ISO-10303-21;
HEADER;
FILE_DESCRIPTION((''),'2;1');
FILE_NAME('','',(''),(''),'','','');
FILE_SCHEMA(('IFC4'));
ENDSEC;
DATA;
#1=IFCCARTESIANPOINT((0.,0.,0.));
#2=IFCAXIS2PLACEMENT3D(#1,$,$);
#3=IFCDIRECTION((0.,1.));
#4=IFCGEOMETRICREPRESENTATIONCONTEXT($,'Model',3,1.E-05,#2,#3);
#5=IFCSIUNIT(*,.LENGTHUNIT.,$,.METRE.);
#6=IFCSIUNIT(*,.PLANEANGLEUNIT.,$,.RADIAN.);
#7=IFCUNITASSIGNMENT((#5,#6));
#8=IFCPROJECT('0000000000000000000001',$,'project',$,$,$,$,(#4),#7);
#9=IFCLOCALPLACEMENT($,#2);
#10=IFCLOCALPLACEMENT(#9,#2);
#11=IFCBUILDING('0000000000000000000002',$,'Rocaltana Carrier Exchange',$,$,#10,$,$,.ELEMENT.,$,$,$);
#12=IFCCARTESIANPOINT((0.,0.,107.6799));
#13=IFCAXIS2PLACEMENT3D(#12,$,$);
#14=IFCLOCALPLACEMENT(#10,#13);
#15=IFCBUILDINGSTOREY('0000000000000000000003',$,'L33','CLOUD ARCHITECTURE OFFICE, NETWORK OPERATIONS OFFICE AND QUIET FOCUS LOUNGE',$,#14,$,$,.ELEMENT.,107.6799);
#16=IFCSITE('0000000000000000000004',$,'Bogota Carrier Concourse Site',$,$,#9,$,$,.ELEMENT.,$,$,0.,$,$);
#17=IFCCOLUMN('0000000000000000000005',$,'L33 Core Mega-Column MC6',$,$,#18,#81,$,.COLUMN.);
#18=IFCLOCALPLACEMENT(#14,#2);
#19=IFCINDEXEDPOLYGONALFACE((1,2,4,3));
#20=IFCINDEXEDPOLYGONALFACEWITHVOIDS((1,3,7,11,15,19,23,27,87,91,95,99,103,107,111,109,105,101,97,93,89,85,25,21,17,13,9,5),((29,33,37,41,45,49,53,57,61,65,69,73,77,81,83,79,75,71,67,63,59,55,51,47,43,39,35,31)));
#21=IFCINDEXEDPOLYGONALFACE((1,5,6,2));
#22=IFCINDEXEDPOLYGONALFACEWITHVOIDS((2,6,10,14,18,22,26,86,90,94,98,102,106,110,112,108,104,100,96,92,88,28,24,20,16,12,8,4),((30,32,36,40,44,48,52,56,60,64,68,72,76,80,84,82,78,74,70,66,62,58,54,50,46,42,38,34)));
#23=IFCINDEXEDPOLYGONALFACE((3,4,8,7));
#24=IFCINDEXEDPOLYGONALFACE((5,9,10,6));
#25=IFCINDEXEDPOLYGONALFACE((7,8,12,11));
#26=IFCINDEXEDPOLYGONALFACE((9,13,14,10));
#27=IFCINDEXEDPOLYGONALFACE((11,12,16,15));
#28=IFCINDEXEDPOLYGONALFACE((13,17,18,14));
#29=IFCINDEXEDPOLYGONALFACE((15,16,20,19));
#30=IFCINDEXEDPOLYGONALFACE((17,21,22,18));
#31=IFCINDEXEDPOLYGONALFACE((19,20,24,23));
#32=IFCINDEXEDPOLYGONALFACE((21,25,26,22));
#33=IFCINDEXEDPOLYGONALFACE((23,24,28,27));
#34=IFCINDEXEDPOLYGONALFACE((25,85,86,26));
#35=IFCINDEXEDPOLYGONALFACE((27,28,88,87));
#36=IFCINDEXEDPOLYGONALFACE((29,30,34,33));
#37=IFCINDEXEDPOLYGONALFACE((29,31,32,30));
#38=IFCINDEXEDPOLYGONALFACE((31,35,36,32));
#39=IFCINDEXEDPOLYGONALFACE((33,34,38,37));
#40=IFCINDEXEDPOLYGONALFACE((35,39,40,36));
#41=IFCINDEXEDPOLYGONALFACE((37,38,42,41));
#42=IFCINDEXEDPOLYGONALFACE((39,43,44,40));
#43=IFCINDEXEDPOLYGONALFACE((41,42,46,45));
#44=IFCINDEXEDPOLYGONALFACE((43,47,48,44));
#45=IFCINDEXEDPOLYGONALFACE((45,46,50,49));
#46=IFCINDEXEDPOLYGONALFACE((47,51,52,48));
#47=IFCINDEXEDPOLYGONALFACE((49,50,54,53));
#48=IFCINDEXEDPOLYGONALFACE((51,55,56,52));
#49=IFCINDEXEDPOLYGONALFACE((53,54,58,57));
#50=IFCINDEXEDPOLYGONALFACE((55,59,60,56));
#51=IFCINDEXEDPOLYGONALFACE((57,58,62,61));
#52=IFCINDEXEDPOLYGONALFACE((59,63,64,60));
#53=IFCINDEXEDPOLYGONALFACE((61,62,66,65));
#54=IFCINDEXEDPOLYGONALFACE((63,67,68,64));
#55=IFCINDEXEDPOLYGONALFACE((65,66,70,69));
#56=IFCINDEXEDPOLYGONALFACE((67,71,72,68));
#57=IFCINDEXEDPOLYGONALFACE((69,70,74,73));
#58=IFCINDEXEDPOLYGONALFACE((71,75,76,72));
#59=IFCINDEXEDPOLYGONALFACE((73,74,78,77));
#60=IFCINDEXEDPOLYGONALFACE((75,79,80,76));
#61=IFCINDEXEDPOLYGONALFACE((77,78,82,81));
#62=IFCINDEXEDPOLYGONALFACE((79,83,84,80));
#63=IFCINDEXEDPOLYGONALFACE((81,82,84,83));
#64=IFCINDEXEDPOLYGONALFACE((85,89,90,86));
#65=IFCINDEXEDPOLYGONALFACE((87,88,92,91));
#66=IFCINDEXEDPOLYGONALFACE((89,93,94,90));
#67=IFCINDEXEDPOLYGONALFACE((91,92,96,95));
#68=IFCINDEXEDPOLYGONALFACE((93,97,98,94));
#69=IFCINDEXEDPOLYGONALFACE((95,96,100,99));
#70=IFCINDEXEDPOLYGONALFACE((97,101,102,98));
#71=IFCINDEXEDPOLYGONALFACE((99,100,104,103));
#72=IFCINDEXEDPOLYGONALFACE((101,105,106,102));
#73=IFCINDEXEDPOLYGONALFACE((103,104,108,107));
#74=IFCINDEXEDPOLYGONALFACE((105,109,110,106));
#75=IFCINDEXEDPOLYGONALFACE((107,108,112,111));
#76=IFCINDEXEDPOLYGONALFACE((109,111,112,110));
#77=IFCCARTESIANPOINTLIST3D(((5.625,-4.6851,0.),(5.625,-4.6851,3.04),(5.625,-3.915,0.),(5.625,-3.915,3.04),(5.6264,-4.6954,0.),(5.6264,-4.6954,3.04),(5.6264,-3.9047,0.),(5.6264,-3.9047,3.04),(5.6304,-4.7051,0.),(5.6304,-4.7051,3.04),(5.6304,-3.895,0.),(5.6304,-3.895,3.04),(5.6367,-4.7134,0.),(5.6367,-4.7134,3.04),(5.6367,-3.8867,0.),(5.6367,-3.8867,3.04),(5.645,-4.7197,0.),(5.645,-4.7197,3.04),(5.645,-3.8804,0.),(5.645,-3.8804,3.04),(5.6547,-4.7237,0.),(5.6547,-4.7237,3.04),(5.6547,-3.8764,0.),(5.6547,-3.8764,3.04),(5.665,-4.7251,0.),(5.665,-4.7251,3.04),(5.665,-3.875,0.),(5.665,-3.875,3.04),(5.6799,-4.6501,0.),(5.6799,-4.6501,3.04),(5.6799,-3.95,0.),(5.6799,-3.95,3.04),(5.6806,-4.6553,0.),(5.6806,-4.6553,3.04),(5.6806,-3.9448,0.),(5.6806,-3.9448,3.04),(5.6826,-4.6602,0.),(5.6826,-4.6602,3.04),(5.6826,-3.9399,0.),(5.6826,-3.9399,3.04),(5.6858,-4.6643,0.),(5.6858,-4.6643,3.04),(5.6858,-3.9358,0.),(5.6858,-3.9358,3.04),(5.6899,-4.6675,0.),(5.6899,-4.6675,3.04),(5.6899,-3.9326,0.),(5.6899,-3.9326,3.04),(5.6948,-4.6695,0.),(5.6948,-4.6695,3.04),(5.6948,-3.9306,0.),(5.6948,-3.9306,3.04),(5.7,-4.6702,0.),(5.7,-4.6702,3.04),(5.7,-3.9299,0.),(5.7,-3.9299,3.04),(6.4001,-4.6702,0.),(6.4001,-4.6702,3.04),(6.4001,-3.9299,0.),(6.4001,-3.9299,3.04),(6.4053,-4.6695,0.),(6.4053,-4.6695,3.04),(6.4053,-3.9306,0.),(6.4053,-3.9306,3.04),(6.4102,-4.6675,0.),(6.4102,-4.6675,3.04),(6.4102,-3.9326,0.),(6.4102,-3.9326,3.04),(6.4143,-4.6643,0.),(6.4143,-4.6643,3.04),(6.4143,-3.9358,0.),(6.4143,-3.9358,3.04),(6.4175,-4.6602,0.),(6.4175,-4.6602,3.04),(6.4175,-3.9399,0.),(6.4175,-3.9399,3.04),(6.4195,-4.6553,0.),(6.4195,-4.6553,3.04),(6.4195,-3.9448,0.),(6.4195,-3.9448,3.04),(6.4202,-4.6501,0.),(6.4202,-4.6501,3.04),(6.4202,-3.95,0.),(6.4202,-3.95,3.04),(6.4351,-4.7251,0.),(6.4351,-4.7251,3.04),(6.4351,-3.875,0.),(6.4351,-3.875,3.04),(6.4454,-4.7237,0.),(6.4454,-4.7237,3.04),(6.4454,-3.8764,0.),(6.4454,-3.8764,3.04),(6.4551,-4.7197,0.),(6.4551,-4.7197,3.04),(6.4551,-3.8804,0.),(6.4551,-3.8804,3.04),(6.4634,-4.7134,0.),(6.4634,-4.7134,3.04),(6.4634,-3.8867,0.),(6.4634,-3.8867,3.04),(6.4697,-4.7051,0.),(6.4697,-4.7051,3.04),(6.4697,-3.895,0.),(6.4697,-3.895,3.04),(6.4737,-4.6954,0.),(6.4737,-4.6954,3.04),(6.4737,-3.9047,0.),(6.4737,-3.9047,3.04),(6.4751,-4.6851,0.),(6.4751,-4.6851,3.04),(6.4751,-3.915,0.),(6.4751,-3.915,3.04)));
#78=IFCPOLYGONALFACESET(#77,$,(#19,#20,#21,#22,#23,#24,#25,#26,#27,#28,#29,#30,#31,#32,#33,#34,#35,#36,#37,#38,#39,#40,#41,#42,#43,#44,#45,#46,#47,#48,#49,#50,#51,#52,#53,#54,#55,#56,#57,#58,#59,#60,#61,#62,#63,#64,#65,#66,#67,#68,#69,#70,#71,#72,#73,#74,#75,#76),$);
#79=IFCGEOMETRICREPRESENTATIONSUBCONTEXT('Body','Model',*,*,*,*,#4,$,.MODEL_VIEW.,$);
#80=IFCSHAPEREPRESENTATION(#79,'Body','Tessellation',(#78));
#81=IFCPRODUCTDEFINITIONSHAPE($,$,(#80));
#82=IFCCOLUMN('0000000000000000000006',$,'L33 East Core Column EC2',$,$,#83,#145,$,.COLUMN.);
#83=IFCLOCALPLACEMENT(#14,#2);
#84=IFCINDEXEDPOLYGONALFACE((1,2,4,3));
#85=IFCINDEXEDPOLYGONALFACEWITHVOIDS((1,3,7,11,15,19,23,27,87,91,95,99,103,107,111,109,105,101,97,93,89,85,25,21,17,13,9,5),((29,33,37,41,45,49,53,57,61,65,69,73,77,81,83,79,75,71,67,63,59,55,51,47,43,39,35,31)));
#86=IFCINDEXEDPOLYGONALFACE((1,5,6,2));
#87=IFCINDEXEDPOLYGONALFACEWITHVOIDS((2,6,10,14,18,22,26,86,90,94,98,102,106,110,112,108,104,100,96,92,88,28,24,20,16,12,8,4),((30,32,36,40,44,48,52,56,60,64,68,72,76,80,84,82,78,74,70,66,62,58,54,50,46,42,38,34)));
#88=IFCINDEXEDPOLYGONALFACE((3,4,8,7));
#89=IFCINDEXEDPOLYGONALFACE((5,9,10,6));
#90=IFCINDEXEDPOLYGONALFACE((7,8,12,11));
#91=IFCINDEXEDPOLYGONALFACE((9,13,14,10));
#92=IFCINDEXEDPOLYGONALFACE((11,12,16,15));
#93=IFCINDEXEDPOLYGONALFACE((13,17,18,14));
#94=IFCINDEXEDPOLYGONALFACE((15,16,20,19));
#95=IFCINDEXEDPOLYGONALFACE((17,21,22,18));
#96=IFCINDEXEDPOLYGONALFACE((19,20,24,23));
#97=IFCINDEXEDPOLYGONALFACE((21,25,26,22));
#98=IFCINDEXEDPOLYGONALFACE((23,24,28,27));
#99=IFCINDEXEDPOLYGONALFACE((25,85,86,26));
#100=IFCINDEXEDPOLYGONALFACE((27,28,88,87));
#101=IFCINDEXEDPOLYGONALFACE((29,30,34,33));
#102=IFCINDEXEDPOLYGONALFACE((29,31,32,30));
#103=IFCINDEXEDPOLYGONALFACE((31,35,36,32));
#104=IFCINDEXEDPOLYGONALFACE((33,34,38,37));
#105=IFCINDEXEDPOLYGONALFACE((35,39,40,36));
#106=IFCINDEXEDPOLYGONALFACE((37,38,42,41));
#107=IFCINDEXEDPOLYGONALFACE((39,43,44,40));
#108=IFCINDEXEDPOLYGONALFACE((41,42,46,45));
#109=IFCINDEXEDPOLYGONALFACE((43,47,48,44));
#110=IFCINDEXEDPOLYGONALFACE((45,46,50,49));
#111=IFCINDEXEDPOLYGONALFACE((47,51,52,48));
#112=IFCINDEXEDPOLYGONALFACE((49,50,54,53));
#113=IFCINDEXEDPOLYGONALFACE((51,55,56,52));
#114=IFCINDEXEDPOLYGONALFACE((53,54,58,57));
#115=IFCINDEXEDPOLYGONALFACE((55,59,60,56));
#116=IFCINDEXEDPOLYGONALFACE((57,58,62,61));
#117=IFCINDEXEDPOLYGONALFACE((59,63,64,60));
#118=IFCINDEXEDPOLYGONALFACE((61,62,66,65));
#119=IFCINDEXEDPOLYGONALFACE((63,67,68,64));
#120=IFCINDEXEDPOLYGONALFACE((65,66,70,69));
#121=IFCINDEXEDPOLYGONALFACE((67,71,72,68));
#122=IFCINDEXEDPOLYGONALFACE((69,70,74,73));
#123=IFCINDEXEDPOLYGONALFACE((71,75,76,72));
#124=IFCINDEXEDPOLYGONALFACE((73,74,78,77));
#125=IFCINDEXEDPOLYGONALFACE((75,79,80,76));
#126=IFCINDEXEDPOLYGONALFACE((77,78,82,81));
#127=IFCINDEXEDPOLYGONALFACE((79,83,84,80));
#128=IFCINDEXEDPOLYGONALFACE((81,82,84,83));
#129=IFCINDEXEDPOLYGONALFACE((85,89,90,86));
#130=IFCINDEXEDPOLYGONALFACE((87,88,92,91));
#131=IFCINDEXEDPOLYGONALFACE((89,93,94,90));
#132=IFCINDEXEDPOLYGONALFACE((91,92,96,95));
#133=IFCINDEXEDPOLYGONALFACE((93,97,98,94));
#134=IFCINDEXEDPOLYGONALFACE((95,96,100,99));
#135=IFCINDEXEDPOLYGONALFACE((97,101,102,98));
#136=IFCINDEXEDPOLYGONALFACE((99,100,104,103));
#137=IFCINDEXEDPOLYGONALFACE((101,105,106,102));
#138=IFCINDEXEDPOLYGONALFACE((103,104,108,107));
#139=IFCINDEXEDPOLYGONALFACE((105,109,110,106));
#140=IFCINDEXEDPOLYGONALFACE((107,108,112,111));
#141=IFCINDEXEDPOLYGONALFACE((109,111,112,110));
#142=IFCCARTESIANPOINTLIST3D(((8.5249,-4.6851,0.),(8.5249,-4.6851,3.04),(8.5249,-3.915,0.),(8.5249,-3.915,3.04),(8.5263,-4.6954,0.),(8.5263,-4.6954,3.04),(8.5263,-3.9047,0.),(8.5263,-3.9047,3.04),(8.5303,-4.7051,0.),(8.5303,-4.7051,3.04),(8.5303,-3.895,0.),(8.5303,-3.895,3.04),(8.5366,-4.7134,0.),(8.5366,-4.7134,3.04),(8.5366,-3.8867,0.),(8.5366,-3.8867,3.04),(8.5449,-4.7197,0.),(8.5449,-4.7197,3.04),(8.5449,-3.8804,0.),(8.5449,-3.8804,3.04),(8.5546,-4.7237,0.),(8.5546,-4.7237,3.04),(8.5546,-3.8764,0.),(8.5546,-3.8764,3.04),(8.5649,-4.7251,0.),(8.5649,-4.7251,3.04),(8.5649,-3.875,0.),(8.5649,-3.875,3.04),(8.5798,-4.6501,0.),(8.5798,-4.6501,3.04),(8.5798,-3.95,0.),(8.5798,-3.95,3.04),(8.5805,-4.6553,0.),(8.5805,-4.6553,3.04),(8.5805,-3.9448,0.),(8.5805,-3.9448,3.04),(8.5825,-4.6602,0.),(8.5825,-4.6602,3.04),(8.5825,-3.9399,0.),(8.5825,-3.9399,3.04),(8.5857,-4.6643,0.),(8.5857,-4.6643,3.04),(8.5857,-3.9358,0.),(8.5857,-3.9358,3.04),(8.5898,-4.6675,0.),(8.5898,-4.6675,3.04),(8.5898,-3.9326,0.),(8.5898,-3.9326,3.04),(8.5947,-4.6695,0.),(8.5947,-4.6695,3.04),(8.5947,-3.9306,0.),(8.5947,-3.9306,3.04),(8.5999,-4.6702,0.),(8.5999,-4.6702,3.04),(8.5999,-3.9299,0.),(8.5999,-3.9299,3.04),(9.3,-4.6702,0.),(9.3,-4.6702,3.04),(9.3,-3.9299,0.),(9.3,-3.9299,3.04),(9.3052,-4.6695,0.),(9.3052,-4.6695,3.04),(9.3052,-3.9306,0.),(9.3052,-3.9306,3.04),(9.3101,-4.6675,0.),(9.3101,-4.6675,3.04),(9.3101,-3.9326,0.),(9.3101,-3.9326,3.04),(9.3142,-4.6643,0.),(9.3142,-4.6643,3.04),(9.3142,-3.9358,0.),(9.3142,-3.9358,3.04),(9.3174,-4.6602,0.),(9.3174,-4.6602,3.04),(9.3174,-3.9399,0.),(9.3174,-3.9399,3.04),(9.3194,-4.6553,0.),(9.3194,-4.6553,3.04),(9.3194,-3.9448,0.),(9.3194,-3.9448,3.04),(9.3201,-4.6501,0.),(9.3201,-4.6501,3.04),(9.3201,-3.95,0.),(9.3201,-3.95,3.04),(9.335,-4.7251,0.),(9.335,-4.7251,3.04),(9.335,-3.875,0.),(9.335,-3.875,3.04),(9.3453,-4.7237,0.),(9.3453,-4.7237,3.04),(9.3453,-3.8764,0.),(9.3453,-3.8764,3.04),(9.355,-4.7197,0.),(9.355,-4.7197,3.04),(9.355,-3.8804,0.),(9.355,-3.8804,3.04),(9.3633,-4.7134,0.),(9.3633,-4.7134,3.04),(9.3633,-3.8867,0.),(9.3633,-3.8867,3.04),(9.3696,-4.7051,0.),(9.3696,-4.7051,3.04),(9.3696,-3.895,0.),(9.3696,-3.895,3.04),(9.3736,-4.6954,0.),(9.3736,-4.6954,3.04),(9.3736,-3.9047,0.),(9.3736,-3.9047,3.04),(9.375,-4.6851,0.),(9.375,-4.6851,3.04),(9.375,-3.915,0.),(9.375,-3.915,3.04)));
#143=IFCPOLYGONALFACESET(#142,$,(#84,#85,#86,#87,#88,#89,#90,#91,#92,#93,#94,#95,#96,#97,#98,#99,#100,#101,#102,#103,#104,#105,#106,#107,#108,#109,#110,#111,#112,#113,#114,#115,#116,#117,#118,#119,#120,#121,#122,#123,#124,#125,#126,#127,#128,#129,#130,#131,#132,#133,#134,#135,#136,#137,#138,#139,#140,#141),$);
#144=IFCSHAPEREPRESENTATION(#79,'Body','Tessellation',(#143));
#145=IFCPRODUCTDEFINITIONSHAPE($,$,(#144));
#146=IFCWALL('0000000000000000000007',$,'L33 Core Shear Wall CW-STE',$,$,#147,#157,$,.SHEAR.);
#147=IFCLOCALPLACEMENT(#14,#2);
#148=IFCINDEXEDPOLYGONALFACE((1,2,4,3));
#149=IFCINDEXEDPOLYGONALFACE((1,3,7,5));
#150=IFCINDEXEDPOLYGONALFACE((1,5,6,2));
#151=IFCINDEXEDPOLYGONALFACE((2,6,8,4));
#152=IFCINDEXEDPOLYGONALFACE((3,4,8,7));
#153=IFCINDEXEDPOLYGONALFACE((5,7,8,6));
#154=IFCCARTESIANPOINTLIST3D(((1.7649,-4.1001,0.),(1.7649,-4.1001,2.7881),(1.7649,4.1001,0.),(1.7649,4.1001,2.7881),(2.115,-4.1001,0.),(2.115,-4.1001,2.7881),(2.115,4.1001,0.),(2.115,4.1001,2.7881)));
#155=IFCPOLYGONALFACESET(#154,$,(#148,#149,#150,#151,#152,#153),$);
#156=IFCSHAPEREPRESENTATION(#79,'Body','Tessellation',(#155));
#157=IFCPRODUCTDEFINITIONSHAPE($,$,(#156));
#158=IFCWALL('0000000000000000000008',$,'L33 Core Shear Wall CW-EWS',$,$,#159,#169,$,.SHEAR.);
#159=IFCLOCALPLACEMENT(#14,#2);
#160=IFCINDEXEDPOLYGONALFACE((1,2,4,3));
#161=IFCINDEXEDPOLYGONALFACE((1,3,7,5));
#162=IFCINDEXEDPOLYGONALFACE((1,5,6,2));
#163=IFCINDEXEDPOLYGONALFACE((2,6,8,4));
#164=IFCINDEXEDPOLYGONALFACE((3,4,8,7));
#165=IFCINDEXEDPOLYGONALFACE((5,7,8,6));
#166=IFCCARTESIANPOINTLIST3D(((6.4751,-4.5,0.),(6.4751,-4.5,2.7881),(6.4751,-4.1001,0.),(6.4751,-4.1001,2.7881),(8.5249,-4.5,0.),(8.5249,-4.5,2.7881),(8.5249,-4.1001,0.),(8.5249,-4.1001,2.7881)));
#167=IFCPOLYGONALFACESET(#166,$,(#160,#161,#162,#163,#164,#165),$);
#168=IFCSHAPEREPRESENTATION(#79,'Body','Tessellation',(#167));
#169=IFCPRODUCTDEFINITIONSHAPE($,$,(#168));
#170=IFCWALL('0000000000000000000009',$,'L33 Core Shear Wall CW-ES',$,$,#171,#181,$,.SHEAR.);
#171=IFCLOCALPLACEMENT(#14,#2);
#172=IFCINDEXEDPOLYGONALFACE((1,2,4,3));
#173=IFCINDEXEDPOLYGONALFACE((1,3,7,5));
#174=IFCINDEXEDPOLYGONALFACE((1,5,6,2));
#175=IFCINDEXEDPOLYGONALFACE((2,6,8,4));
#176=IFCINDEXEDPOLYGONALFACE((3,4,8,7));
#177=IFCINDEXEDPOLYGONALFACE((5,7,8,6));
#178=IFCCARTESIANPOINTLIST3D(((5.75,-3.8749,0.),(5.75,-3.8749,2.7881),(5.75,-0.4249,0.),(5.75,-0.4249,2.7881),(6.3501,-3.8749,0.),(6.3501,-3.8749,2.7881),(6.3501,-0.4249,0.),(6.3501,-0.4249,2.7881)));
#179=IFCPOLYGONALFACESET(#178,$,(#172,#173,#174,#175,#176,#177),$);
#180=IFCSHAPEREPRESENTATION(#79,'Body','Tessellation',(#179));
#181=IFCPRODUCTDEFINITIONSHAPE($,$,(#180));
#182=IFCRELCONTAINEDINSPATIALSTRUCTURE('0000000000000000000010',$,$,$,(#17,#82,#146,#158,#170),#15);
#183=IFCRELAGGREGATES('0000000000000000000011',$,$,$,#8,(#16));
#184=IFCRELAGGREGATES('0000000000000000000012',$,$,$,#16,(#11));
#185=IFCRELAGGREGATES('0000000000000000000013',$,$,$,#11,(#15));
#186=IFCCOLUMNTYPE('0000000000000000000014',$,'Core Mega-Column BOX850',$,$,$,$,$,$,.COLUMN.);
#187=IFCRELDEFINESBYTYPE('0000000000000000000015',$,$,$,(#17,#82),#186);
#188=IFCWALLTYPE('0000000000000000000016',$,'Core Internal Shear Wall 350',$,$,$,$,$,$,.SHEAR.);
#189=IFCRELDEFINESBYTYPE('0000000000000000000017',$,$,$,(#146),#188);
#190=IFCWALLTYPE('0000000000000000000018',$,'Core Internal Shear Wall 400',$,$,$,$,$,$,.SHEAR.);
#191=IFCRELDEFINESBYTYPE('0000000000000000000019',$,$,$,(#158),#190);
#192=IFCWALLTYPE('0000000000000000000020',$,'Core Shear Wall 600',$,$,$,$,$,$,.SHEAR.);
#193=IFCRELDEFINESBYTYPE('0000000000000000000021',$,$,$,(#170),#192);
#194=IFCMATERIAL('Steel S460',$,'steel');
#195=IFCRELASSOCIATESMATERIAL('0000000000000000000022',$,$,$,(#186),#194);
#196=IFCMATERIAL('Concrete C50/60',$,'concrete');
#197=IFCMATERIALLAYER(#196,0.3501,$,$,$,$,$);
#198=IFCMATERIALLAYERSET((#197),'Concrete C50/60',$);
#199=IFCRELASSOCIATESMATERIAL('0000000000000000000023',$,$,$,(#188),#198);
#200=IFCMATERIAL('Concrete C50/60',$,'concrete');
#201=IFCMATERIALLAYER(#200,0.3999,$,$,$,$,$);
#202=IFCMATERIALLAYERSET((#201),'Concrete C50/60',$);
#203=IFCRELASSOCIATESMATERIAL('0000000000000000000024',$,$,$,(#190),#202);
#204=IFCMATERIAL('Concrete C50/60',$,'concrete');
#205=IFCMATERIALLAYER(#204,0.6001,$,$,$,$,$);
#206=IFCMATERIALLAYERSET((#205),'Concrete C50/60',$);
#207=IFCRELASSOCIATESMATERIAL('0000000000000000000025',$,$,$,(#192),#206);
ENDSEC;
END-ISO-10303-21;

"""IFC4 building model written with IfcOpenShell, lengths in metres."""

from ifc_helpers import new_model, si_unit, direction, frame, frame_2d, origin, origin_2d, place, context, subcontext, project, spatial, rectangle, hollow_rectangle, extrude, material, layer, layer_set, material_profile, profile_set, type_object, element, save


model = new_model("IFC4")

# Units and contexts
model_context = context("Model", 3, precision=1e-05, world=origin(), true_north=direction((0.0, 1.0)))
body_context = subcontext(model_context, "Body", "Model", "MODEL_VIEW")
ifc_project = project(units=[si_unit("LENGTHUNIT", "METRE"), si_unit("PLANEANGLEUNIT", "RADIAN")], contexts=[model_context])

# Site, building, storey
site_placement = place(None, origin())
site = spatial("IfcSite", under=ifc_project, at=site_placement, Name="Bogota Carrier Concourse Site", CompositionType="ELEMENT", RefElevation=0.0)
building_placement = place(site_placement, origin())
building = spatial("IfcBuilding", under=site, at=building_placement, Name="Rocaltana Carrier Exchange", CompositionType="ELEMENT")
storey_placement = place(building_placement, frame((0.0, 0.0, 107.6799)))
storey = spatial("IfcBuildingStorey", under=building, at=storey_placement, Name="L33", Description="CLOUD ARCHITECTURE OFFICE, NETWORK OPERATIONS OFFICE AND QUIET FOCUS LOUNGE", CompositionType="ELEMENT", Elevation=107.6799)

# Columns
ifc_material_1 = material(Name="Steel S460", Category="steel")
ifc_material_profile = material_profile(ifc_material_1, hollow_rectangle(XDim=0.8501, YDim=0.8501, WallThickness=0.0549, InnerFilletRadius=0.02, OuterFilletRadius=0.04, at=origin_2d()), Name="BOX850X850X55")
ifc_profile_set = profile_set([ifc_material_profile], Name="Steel S460")
column_type = type_object("IfcColumnType", Name="Core Mega-Column BOX850", PredefinedType="COLUMN", material=ifc_profile_set)
for number, where, z_axis, x_axis, name in (
    (1, (6.05, -4.3, 0.0), (0.0, 0.0, 1.0), (1.0, 0.0, 0.0), "L33 Core Mega-Column MC6"),
    (2, (8.95, -4.3, 0.0), (0.0, 0.0, 1.0), (1.0, 0.0, 0.0), "L33 East Core Column EC2"),
):
    element("IfcColumn", number, at=place(storey_placement, frame(where, z_axis=z_axis, x_axis=x_axis)), inside=storey, type_object=column_type, Name=name, PredefinedType="COLUMN", context=body_context, shape_type="SweptSolid", body=[
        extrude(hollow_rectangle(XDim=0.8501, YDim=0.8501, WallThickness=0.0549, InnerFilletRadius=0.02, OuterFilletRadius=0.04, at=origin_2d()), origin(), (0.0, 0.0, 1.0), 3.04),
    ])

# Walls
ifc_material_2 = material(Name="Concrete C50/60", Category="concrete")
ifc_layer_1 = layer(ifc_material_2, 0.3501)
ifc_layer_set_1 = layer_set([ifc_layer_1], Name="Concrete C50/60")
wall_type_1 = type_object("IfcWallType", Name="Core Internal Shear Wall 350", PredefinedType="SHEAR", material=ifc_layer_set_1)
wall_1_placement = place(storey_placement, frame((1.9399, -4.1001, 0.0), z_axis=(0.0, 0.0, 1.0), x_axis=(0.0, 1.0, 0.0)))
element("IfcWall", 3, at=wall_1_placement, inside=storey, type_object=wall_type_1, Name="L33 Core Shear Wall CW-STE", PredefinedType="SHEAR", context=body_context, shape_type="SweptSolid", body=[
    extrude(rectangle(XDim=8.2002, YDim=0.3501, at=frame_2d((4.1001, 0.0))), origin(), (0.0, 0.0, 1.0), 2.7881),
])
ifc_material_3 = material(Name="Concrete C50/60", Category="concrete")
ifc_layer_2 = layer(ifc_material_3, 0.3999)
ifc_layer_set_2 = layer_set([ifc_layer_2], Name="Concrete C50/60")
wall_type_2 = type_object("IfcWallType", Name="Core Internal Shear Wall 400", PredefinedType="SHEAR", material=ifc_layer_set_2)
wall_2_placement = place(storey_placement, frame((6.4751, -4.3, 0.0), z_axis=(0.0, 0.0, 1.0), x_axis=(1.0, 0.0, 0.0)))
element("IfcWall", 4, at=wall_2_placement, inside=storey, type_object=wall_type_2, Name="L33 Core Shear Wall CW-EWS", PredefinedType="SHEAR", context=body_context, shape_type="SweptSolid", body=[
    extrude(rectangle(XDim=2.0498, YDim=0.3999, at=frame_2d((1.0249, 0.0))), origin(), (0.0, 0.0, 1.0), 2.7881),
])
ifc_material_4 = material(Name="Concrete C50/60", Category="concrete")
ifc_layer_3 = layer(ifc_material_4, 0.6001)
ifc_layer_set_3 = layer_set([ifc_layer_3], Name="Concrete C50/60")
wall_type_3 = type_object("IfcWallType", Name="Core Shear Wall 600", PredefinedType="SHEAR", material=ifc_layer_set_3)
wall_3_placement = place(storey_placement, frame((6.05, -3.875, 0.0), z_axis=(0.0, 0.0, 1.0), x_axis=(0.0, 1.0, 0.0)))
element("IfcWall", 5, at=wall_3_placement, inside=storey, type_object=wall_type_3, Name="L33 Core Shear Wall CW-ES", PredefinedType="SHEAR", context=body_context, shape_type="SweptSolid", body=[
    extrude(rectangle(XDim=3.45, YDim=0.6001, at=frame_2d((1.7251, 0.0))), origin(), (0.0, 0.0, 1.0), 2.7881),
])

save(model, "model.ifc")
